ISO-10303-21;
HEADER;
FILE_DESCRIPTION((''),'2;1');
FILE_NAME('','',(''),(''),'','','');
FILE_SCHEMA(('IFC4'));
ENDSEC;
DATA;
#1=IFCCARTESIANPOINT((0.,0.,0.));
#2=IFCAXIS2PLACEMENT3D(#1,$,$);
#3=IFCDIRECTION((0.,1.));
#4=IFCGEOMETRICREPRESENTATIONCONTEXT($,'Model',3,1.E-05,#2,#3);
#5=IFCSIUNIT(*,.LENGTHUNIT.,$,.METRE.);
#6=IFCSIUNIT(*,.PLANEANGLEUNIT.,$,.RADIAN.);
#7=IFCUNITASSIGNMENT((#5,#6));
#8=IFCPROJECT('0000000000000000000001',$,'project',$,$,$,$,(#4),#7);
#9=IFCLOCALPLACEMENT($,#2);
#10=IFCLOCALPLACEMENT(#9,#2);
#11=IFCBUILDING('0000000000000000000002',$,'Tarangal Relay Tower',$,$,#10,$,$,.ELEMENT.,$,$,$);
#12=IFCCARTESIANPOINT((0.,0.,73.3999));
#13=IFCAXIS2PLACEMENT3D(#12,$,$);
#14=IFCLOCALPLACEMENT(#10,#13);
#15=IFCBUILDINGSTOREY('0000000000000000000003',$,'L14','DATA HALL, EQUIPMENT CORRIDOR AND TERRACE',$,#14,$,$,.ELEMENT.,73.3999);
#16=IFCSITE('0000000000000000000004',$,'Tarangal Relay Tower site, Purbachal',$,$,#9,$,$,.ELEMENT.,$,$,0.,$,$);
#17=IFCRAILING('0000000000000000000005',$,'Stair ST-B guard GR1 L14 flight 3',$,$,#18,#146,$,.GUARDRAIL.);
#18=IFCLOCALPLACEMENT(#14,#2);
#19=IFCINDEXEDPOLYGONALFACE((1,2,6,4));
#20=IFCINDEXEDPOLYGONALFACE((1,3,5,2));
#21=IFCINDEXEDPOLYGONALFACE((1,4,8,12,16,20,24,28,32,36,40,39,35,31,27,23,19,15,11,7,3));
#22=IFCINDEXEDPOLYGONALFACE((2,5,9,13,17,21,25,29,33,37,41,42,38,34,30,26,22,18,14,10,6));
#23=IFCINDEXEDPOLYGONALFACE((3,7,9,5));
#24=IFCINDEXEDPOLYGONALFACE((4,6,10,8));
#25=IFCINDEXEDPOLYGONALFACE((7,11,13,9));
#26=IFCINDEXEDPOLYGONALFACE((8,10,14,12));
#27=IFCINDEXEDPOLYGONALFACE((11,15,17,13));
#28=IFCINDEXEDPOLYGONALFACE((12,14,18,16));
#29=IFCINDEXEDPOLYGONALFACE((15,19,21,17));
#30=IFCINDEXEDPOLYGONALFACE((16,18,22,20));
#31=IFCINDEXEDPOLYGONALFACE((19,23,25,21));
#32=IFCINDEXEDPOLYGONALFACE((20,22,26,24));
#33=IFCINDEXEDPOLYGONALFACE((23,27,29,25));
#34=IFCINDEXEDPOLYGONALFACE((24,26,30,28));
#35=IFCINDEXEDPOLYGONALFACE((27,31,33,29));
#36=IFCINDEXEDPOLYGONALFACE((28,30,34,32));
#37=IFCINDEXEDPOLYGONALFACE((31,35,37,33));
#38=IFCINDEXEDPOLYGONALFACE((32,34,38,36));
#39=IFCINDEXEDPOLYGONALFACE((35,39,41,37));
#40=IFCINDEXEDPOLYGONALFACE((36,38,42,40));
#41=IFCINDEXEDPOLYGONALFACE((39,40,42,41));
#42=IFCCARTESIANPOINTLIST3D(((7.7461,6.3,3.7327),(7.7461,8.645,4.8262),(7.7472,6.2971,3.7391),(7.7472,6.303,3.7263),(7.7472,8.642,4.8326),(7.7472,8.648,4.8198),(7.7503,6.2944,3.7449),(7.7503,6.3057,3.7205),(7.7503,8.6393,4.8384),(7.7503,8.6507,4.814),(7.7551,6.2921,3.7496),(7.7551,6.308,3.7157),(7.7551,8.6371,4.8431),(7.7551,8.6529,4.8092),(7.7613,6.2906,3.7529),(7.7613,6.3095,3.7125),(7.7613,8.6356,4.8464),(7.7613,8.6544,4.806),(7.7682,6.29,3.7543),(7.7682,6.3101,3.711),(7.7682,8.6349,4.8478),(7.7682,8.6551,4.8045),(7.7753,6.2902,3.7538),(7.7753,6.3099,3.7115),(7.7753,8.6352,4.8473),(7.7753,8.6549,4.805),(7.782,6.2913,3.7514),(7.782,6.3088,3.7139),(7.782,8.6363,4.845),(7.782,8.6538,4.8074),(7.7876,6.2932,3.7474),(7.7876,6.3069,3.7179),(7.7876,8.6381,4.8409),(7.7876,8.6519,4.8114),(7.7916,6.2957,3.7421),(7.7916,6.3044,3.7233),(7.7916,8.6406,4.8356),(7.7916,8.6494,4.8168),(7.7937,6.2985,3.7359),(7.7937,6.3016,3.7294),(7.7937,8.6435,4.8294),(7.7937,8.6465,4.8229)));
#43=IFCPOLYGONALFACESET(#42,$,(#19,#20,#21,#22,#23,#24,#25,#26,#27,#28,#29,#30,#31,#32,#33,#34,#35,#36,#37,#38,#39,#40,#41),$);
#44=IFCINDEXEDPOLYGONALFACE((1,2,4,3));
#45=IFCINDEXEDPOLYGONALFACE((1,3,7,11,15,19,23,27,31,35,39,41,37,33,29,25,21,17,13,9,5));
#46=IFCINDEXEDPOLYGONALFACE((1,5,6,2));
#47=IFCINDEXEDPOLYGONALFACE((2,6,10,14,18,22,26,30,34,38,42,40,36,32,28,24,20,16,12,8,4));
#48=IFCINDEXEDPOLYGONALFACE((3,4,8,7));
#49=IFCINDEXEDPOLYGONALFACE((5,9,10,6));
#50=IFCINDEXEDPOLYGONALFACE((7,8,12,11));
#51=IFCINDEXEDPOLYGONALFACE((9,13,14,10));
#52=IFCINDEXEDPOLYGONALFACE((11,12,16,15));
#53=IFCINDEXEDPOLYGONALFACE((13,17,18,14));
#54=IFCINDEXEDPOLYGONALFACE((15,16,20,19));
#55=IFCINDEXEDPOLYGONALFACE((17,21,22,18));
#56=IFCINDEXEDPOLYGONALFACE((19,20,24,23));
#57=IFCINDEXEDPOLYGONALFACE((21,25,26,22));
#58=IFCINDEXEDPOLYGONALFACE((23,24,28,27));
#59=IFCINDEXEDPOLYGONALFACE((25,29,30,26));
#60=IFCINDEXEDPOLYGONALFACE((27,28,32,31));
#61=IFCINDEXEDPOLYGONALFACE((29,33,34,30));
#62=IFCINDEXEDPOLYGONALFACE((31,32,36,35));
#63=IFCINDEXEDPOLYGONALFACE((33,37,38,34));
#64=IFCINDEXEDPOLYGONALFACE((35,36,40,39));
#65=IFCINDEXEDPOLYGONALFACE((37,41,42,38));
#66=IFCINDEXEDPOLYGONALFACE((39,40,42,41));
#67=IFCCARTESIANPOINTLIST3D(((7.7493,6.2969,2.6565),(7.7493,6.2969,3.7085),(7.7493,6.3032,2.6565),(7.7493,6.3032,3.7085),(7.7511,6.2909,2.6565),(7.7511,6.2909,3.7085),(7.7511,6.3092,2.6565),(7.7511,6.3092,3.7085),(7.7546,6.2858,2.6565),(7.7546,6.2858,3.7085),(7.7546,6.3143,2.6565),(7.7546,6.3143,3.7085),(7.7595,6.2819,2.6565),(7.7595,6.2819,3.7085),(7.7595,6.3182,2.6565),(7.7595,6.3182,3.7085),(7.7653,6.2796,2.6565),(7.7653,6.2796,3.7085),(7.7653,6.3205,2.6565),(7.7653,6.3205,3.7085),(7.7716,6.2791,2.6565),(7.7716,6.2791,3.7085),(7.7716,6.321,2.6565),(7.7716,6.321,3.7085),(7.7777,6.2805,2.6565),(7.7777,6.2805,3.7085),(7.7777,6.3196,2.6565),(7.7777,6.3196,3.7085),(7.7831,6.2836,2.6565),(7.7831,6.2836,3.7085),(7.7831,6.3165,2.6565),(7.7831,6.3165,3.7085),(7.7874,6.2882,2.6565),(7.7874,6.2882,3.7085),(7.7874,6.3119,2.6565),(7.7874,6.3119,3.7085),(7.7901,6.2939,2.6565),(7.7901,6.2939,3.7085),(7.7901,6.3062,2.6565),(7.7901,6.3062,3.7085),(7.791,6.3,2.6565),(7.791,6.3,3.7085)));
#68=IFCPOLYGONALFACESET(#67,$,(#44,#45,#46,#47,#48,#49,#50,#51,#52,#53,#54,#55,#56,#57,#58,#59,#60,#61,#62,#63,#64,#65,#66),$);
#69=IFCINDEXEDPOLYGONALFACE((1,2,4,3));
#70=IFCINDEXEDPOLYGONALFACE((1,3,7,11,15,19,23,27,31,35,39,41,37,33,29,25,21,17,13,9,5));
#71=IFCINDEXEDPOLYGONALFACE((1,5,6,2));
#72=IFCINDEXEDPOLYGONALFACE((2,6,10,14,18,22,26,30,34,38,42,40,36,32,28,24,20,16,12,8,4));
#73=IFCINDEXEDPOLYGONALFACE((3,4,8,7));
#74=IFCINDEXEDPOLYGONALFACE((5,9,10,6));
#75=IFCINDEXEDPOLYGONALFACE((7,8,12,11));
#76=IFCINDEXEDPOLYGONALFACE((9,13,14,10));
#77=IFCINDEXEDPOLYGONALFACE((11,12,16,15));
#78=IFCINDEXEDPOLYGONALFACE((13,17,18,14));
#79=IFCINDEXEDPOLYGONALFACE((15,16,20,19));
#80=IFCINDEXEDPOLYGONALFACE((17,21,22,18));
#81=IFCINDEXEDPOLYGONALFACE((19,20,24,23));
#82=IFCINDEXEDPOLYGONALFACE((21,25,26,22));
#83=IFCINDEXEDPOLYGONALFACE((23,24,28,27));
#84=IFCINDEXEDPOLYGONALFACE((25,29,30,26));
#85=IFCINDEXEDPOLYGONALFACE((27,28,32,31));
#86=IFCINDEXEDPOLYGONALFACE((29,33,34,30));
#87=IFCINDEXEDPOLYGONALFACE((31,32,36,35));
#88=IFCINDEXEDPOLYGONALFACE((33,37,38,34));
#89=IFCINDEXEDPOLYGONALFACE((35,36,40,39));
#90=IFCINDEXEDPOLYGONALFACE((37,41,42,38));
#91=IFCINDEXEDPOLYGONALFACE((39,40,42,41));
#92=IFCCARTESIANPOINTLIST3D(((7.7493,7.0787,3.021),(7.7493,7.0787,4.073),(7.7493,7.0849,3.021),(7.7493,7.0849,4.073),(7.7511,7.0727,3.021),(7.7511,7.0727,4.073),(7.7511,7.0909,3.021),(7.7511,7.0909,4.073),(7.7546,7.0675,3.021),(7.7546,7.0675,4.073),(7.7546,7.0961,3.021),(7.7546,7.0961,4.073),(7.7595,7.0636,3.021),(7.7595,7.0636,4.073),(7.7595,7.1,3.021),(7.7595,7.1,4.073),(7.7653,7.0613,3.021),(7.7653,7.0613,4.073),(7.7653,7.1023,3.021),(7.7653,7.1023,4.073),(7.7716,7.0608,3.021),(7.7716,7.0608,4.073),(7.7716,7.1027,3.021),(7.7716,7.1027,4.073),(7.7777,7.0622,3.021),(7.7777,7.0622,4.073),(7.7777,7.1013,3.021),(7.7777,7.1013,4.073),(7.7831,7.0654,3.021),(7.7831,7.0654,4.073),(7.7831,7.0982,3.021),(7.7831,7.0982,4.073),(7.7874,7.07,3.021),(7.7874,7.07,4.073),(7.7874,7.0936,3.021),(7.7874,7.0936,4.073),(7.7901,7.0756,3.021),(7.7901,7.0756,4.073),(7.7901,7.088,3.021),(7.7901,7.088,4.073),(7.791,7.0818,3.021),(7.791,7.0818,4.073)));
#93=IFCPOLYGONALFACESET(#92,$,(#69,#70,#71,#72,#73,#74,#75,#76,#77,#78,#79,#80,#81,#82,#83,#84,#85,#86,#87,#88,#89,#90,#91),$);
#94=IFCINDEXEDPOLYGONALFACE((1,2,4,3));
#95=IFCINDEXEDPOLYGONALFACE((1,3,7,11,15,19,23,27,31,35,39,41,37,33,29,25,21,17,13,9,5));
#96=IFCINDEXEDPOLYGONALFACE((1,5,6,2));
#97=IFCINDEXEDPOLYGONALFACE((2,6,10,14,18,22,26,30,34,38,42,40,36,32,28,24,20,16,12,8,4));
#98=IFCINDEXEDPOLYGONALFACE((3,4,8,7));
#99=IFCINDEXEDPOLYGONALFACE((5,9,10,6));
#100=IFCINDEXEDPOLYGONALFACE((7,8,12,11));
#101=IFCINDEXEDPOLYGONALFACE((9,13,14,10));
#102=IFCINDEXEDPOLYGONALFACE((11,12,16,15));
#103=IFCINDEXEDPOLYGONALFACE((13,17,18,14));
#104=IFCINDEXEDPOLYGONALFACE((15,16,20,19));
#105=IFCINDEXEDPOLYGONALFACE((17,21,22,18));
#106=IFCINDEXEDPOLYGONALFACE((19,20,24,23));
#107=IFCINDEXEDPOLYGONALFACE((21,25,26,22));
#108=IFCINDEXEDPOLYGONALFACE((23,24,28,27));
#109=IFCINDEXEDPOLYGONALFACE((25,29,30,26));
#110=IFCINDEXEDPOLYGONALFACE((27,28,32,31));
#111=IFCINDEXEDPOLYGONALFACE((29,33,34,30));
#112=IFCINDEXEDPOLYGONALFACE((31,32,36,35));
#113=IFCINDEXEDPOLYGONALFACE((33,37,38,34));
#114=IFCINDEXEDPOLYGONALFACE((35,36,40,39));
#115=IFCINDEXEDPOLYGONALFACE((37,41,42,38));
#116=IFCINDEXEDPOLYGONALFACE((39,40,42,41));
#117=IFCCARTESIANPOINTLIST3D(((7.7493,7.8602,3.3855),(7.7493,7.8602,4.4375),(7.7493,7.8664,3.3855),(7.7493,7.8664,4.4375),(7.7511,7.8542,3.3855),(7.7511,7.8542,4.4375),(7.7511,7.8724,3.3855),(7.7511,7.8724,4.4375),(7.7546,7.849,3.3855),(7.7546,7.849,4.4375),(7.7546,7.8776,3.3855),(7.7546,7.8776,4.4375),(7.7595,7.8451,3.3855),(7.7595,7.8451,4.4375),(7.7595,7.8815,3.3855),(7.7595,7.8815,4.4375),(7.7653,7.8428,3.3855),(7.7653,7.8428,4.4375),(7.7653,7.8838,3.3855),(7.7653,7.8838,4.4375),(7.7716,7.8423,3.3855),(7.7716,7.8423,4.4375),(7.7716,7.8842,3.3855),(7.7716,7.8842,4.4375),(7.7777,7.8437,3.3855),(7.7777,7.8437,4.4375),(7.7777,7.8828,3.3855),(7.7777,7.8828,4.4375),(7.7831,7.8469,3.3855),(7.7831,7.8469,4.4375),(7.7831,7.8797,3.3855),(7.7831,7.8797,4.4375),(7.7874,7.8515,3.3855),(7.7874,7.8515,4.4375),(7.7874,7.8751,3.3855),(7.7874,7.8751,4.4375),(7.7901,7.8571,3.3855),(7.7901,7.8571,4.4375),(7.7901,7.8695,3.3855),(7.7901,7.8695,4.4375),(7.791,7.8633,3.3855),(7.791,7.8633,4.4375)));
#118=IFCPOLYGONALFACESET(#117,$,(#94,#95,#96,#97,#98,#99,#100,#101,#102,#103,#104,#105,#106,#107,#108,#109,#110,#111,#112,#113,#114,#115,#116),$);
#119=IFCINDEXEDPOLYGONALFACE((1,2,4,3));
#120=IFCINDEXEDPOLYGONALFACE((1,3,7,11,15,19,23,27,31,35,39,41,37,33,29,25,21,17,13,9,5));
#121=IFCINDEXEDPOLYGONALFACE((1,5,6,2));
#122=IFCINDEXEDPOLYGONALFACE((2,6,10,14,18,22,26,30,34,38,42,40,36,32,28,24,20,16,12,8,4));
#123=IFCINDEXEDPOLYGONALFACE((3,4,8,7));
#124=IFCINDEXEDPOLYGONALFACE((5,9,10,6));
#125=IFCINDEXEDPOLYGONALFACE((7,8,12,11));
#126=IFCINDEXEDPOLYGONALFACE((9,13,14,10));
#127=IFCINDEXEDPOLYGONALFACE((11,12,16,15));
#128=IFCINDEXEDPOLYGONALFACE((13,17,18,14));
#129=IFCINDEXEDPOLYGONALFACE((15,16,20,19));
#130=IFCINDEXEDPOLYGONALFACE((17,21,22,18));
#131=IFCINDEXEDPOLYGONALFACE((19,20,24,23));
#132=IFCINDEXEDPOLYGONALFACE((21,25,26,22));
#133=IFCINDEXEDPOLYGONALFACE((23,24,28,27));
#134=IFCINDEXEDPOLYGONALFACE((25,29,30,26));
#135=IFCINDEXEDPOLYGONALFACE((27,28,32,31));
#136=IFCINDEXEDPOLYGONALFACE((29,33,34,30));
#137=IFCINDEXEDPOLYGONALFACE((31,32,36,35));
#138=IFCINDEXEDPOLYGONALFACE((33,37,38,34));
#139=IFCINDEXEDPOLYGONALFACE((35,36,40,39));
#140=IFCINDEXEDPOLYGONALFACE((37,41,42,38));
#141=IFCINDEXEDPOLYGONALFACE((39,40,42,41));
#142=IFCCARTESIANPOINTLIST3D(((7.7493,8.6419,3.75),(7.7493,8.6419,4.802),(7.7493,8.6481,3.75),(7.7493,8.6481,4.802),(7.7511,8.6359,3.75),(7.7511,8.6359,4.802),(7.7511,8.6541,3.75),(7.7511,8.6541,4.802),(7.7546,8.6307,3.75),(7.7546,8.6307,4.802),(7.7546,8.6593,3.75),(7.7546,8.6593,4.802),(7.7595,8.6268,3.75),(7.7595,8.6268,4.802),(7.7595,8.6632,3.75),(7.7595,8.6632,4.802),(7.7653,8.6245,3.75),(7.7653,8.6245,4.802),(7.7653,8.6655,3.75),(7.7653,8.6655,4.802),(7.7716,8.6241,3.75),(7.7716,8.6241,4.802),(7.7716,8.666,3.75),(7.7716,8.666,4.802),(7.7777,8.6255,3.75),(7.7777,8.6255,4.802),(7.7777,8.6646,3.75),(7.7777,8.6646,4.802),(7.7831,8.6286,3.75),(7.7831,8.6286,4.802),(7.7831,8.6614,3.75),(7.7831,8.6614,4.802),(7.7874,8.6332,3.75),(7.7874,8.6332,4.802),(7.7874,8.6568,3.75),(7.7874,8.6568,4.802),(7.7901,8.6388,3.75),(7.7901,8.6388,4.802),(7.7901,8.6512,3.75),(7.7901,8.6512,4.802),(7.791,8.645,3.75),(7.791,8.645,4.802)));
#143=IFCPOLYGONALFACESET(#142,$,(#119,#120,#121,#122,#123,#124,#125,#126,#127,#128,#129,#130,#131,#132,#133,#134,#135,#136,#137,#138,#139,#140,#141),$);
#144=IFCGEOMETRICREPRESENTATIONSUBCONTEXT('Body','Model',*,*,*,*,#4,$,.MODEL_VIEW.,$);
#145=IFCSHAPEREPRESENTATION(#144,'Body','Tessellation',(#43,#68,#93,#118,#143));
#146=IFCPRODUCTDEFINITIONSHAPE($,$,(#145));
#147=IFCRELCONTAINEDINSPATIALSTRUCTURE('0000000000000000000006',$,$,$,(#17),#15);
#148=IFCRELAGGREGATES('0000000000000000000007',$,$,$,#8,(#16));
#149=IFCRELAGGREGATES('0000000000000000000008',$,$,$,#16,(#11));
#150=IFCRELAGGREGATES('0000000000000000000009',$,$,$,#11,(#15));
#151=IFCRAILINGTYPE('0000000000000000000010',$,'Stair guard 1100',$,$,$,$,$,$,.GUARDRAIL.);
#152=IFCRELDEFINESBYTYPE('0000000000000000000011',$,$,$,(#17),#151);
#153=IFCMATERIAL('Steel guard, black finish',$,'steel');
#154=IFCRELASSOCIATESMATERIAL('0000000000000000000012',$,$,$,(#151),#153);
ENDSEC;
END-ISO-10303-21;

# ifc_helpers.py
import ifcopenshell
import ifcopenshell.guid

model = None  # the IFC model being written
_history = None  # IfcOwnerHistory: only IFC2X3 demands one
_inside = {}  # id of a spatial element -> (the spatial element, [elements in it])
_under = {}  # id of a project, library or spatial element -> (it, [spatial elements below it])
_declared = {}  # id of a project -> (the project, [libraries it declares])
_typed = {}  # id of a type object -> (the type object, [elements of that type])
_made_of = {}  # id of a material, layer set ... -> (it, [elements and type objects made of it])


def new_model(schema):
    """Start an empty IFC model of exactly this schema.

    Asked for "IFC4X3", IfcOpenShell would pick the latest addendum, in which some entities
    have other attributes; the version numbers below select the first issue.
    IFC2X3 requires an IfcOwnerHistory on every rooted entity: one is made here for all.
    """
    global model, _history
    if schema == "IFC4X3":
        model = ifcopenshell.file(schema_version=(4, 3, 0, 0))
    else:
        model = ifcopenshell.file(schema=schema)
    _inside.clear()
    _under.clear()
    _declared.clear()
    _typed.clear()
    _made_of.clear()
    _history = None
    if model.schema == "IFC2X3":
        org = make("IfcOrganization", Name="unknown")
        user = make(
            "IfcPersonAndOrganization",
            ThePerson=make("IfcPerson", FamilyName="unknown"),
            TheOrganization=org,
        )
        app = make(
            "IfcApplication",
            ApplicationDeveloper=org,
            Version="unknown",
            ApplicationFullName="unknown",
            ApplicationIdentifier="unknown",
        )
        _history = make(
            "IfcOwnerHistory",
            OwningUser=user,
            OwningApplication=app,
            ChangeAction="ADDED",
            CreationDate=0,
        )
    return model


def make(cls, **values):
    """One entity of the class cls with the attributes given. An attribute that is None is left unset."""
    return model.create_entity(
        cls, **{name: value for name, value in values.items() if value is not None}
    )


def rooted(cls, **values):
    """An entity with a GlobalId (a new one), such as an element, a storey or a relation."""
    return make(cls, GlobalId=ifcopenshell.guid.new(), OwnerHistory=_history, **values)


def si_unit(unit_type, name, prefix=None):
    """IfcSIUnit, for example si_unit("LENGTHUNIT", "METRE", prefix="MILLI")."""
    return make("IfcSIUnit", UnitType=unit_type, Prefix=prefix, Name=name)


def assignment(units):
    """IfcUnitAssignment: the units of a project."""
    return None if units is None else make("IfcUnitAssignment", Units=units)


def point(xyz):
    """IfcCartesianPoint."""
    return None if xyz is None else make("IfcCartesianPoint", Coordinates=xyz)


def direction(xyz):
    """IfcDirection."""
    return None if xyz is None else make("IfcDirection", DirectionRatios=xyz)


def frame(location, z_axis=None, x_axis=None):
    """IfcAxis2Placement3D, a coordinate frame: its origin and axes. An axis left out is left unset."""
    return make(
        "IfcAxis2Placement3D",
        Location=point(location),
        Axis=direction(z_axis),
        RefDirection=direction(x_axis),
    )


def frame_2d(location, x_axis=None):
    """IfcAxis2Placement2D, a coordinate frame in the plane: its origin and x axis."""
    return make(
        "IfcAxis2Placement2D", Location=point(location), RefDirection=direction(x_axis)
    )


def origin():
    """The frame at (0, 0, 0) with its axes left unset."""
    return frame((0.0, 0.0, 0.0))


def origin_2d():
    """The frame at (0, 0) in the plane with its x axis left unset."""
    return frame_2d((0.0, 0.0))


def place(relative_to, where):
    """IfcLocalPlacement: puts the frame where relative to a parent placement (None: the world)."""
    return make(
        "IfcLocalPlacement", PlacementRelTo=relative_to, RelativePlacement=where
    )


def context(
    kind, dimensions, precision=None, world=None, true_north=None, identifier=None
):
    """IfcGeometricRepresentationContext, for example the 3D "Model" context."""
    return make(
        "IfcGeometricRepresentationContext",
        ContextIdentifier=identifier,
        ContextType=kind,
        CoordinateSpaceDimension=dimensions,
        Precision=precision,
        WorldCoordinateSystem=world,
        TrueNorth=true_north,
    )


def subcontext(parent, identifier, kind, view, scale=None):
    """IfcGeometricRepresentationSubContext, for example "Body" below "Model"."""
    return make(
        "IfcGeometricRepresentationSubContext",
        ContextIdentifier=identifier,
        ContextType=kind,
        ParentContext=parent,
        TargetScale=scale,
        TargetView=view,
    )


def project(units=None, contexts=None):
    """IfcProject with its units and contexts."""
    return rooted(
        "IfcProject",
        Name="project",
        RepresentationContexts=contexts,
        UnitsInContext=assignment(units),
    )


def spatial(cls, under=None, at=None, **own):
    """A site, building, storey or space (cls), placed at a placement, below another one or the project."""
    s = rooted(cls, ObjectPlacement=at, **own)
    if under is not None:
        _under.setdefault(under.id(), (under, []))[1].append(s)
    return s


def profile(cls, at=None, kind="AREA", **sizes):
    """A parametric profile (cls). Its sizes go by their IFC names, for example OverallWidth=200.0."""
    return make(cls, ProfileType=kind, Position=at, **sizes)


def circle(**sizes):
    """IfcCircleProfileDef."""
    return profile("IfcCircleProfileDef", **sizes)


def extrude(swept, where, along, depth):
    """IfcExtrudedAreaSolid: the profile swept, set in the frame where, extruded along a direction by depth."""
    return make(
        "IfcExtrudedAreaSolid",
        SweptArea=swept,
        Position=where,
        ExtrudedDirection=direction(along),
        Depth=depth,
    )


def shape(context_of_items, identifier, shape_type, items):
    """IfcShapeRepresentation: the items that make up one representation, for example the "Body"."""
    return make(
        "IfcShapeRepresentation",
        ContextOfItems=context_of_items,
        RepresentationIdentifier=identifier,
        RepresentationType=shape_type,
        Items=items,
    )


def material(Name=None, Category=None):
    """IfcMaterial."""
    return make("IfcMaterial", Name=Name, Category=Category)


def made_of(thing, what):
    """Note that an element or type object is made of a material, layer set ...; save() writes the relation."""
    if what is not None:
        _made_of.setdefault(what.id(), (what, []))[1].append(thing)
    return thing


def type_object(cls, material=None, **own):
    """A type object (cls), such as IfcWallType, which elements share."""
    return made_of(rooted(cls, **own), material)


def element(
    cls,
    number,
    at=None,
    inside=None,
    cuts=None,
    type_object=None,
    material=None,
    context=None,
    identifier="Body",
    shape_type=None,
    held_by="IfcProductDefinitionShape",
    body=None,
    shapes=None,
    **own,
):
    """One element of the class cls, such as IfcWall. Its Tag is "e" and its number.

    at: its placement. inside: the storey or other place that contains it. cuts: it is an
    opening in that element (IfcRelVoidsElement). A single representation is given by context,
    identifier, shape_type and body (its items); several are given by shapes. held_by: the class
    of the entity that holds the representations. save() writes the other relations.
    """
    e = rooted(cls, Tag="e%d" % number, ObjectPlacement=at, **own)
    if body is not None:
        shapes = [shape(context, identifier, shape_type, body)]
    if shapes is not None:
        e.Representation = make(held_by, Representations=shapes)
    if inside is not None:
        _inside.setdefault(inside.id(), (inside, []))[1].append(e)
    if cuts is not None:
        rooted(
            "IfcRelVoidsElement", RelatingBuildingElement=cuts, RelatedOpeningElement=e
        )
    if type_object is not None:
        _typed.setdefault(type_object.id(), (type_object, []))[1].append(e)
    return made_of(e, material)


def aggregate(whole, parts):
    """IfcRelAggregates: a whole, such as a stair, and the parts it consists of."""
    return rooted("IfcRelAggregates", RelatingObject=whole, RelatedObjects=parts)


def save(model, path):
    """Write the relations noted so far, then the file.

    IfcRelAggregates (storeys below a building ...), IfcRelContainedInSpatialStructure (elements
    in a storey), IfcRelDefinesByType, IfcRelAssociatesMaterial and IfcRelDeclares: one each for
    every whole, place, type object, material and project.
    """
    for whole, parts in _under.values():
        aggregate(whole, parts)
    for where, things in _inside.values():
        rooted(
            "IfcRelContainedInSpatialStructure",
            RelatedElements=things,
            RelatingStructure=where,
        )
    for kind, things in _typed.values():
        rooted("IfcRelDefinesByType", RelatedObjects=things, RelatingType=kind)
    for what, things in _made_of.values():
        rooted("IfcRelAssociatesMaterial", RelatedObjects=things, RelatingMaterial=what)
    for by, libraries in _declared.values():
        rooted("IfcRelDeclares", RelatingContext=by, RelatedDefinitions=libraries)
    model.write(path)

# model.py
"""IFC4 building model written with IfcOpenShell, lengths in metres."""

from ifc_helpers import new_model, si_unit, direction, frame, origin, origin_2d, place, context, subcontext, project, spatial, circle, extrude, material, type_object, element, save


model = new_model("IFC4")

# Units and contexts
model_context = context("Model", 3, precision=1e-05, world=origin(), true_north=direction((0.0, 1.0)))
body_context = subcontext(model_context, "Body", "Model", "MODEL_VIEW")
ifc_project = project(units=[si_unit("LENGTHUNIT", "METRE"), si_unit("PLANEANGLEUNIT", "RADIAN")], contexts=[model_context])

# Site, building, storey
site_placement = place(None, origin())
site = spatial("IfcSite", under=ifc_project, at=site_placement, Name="Tarangal Relay Tower site, Purbachal", CompositionType="ELEMENT", RefElevation=0.0)
building_placement = place(site_placement, origin())
building = spatial("IfcBuilding", under=site, at=building_placement, Name="Tarangal Relay Tower", CompositionType="ELEMENT")
storey_placement = place(building_placement, frame((0.0, 0.0, 73.3999)))
storey = spatial("IfcBuildingStorey", under=building, at=storey_placement, Name="L14", Description="DATA HALL, EQUIPMENT CORRIDOR AND TERRACE", CompositionType="ELEMENT", Elevation=73.3999)

# Railing
ifc_material_1 = material(Name="Steel guard, black finish", Category="steel")
railing_type_1 = type_object("IfcRailingType", Name="Stair guard 1100", PredefinedType="GUARDRAIL", material=ifc_material_1)
railing_1_placement = place(storey_placement, frame((7.77, 6.3, 2.6565)))
element("IfcRailing", 1, at=railing_1_placement, inside=storey, type_object=railing_type_1, Name="Stair ST-B guard GR1 L14 flight 3", PredefinedType="GUARDRAIL", context=body_context, shape_type="SweptSolid", body=[
    extrude(circle(Radius=0.0239, at=origin_2d()), frame((0.0, 0.0, 1.0762), z_axis=(0.0, 0.906304, 0.422627), x_axis=(-1.0, 0.0, 0.0)), (0.0, 0.0, 1.0), 2.5874),
    extrude(circle(Radius=0.021, at=origin_2d()), origin(), (0.0, 0.0, 1.0), 1.052),
    extrude(circle(Radius=0.021, at=origin_2d()), frame((0.0, 0.7817, 0.3645)), (0.0, 0.0, 1.0), 1.052),
    extrude(circle(Radius=0.021, at=origin_2d()), frame((0.0, 1.5632, 0.729)), (0.0, 0.0, 1.0), 1.052),
    extrude(circle(Radius=0.021, at=origin_2d()), frame((0.0, 2.345, 1.0935)), (0.0, 0.0, 1.0), 1.052),
])

save(model, "model.ifc")
